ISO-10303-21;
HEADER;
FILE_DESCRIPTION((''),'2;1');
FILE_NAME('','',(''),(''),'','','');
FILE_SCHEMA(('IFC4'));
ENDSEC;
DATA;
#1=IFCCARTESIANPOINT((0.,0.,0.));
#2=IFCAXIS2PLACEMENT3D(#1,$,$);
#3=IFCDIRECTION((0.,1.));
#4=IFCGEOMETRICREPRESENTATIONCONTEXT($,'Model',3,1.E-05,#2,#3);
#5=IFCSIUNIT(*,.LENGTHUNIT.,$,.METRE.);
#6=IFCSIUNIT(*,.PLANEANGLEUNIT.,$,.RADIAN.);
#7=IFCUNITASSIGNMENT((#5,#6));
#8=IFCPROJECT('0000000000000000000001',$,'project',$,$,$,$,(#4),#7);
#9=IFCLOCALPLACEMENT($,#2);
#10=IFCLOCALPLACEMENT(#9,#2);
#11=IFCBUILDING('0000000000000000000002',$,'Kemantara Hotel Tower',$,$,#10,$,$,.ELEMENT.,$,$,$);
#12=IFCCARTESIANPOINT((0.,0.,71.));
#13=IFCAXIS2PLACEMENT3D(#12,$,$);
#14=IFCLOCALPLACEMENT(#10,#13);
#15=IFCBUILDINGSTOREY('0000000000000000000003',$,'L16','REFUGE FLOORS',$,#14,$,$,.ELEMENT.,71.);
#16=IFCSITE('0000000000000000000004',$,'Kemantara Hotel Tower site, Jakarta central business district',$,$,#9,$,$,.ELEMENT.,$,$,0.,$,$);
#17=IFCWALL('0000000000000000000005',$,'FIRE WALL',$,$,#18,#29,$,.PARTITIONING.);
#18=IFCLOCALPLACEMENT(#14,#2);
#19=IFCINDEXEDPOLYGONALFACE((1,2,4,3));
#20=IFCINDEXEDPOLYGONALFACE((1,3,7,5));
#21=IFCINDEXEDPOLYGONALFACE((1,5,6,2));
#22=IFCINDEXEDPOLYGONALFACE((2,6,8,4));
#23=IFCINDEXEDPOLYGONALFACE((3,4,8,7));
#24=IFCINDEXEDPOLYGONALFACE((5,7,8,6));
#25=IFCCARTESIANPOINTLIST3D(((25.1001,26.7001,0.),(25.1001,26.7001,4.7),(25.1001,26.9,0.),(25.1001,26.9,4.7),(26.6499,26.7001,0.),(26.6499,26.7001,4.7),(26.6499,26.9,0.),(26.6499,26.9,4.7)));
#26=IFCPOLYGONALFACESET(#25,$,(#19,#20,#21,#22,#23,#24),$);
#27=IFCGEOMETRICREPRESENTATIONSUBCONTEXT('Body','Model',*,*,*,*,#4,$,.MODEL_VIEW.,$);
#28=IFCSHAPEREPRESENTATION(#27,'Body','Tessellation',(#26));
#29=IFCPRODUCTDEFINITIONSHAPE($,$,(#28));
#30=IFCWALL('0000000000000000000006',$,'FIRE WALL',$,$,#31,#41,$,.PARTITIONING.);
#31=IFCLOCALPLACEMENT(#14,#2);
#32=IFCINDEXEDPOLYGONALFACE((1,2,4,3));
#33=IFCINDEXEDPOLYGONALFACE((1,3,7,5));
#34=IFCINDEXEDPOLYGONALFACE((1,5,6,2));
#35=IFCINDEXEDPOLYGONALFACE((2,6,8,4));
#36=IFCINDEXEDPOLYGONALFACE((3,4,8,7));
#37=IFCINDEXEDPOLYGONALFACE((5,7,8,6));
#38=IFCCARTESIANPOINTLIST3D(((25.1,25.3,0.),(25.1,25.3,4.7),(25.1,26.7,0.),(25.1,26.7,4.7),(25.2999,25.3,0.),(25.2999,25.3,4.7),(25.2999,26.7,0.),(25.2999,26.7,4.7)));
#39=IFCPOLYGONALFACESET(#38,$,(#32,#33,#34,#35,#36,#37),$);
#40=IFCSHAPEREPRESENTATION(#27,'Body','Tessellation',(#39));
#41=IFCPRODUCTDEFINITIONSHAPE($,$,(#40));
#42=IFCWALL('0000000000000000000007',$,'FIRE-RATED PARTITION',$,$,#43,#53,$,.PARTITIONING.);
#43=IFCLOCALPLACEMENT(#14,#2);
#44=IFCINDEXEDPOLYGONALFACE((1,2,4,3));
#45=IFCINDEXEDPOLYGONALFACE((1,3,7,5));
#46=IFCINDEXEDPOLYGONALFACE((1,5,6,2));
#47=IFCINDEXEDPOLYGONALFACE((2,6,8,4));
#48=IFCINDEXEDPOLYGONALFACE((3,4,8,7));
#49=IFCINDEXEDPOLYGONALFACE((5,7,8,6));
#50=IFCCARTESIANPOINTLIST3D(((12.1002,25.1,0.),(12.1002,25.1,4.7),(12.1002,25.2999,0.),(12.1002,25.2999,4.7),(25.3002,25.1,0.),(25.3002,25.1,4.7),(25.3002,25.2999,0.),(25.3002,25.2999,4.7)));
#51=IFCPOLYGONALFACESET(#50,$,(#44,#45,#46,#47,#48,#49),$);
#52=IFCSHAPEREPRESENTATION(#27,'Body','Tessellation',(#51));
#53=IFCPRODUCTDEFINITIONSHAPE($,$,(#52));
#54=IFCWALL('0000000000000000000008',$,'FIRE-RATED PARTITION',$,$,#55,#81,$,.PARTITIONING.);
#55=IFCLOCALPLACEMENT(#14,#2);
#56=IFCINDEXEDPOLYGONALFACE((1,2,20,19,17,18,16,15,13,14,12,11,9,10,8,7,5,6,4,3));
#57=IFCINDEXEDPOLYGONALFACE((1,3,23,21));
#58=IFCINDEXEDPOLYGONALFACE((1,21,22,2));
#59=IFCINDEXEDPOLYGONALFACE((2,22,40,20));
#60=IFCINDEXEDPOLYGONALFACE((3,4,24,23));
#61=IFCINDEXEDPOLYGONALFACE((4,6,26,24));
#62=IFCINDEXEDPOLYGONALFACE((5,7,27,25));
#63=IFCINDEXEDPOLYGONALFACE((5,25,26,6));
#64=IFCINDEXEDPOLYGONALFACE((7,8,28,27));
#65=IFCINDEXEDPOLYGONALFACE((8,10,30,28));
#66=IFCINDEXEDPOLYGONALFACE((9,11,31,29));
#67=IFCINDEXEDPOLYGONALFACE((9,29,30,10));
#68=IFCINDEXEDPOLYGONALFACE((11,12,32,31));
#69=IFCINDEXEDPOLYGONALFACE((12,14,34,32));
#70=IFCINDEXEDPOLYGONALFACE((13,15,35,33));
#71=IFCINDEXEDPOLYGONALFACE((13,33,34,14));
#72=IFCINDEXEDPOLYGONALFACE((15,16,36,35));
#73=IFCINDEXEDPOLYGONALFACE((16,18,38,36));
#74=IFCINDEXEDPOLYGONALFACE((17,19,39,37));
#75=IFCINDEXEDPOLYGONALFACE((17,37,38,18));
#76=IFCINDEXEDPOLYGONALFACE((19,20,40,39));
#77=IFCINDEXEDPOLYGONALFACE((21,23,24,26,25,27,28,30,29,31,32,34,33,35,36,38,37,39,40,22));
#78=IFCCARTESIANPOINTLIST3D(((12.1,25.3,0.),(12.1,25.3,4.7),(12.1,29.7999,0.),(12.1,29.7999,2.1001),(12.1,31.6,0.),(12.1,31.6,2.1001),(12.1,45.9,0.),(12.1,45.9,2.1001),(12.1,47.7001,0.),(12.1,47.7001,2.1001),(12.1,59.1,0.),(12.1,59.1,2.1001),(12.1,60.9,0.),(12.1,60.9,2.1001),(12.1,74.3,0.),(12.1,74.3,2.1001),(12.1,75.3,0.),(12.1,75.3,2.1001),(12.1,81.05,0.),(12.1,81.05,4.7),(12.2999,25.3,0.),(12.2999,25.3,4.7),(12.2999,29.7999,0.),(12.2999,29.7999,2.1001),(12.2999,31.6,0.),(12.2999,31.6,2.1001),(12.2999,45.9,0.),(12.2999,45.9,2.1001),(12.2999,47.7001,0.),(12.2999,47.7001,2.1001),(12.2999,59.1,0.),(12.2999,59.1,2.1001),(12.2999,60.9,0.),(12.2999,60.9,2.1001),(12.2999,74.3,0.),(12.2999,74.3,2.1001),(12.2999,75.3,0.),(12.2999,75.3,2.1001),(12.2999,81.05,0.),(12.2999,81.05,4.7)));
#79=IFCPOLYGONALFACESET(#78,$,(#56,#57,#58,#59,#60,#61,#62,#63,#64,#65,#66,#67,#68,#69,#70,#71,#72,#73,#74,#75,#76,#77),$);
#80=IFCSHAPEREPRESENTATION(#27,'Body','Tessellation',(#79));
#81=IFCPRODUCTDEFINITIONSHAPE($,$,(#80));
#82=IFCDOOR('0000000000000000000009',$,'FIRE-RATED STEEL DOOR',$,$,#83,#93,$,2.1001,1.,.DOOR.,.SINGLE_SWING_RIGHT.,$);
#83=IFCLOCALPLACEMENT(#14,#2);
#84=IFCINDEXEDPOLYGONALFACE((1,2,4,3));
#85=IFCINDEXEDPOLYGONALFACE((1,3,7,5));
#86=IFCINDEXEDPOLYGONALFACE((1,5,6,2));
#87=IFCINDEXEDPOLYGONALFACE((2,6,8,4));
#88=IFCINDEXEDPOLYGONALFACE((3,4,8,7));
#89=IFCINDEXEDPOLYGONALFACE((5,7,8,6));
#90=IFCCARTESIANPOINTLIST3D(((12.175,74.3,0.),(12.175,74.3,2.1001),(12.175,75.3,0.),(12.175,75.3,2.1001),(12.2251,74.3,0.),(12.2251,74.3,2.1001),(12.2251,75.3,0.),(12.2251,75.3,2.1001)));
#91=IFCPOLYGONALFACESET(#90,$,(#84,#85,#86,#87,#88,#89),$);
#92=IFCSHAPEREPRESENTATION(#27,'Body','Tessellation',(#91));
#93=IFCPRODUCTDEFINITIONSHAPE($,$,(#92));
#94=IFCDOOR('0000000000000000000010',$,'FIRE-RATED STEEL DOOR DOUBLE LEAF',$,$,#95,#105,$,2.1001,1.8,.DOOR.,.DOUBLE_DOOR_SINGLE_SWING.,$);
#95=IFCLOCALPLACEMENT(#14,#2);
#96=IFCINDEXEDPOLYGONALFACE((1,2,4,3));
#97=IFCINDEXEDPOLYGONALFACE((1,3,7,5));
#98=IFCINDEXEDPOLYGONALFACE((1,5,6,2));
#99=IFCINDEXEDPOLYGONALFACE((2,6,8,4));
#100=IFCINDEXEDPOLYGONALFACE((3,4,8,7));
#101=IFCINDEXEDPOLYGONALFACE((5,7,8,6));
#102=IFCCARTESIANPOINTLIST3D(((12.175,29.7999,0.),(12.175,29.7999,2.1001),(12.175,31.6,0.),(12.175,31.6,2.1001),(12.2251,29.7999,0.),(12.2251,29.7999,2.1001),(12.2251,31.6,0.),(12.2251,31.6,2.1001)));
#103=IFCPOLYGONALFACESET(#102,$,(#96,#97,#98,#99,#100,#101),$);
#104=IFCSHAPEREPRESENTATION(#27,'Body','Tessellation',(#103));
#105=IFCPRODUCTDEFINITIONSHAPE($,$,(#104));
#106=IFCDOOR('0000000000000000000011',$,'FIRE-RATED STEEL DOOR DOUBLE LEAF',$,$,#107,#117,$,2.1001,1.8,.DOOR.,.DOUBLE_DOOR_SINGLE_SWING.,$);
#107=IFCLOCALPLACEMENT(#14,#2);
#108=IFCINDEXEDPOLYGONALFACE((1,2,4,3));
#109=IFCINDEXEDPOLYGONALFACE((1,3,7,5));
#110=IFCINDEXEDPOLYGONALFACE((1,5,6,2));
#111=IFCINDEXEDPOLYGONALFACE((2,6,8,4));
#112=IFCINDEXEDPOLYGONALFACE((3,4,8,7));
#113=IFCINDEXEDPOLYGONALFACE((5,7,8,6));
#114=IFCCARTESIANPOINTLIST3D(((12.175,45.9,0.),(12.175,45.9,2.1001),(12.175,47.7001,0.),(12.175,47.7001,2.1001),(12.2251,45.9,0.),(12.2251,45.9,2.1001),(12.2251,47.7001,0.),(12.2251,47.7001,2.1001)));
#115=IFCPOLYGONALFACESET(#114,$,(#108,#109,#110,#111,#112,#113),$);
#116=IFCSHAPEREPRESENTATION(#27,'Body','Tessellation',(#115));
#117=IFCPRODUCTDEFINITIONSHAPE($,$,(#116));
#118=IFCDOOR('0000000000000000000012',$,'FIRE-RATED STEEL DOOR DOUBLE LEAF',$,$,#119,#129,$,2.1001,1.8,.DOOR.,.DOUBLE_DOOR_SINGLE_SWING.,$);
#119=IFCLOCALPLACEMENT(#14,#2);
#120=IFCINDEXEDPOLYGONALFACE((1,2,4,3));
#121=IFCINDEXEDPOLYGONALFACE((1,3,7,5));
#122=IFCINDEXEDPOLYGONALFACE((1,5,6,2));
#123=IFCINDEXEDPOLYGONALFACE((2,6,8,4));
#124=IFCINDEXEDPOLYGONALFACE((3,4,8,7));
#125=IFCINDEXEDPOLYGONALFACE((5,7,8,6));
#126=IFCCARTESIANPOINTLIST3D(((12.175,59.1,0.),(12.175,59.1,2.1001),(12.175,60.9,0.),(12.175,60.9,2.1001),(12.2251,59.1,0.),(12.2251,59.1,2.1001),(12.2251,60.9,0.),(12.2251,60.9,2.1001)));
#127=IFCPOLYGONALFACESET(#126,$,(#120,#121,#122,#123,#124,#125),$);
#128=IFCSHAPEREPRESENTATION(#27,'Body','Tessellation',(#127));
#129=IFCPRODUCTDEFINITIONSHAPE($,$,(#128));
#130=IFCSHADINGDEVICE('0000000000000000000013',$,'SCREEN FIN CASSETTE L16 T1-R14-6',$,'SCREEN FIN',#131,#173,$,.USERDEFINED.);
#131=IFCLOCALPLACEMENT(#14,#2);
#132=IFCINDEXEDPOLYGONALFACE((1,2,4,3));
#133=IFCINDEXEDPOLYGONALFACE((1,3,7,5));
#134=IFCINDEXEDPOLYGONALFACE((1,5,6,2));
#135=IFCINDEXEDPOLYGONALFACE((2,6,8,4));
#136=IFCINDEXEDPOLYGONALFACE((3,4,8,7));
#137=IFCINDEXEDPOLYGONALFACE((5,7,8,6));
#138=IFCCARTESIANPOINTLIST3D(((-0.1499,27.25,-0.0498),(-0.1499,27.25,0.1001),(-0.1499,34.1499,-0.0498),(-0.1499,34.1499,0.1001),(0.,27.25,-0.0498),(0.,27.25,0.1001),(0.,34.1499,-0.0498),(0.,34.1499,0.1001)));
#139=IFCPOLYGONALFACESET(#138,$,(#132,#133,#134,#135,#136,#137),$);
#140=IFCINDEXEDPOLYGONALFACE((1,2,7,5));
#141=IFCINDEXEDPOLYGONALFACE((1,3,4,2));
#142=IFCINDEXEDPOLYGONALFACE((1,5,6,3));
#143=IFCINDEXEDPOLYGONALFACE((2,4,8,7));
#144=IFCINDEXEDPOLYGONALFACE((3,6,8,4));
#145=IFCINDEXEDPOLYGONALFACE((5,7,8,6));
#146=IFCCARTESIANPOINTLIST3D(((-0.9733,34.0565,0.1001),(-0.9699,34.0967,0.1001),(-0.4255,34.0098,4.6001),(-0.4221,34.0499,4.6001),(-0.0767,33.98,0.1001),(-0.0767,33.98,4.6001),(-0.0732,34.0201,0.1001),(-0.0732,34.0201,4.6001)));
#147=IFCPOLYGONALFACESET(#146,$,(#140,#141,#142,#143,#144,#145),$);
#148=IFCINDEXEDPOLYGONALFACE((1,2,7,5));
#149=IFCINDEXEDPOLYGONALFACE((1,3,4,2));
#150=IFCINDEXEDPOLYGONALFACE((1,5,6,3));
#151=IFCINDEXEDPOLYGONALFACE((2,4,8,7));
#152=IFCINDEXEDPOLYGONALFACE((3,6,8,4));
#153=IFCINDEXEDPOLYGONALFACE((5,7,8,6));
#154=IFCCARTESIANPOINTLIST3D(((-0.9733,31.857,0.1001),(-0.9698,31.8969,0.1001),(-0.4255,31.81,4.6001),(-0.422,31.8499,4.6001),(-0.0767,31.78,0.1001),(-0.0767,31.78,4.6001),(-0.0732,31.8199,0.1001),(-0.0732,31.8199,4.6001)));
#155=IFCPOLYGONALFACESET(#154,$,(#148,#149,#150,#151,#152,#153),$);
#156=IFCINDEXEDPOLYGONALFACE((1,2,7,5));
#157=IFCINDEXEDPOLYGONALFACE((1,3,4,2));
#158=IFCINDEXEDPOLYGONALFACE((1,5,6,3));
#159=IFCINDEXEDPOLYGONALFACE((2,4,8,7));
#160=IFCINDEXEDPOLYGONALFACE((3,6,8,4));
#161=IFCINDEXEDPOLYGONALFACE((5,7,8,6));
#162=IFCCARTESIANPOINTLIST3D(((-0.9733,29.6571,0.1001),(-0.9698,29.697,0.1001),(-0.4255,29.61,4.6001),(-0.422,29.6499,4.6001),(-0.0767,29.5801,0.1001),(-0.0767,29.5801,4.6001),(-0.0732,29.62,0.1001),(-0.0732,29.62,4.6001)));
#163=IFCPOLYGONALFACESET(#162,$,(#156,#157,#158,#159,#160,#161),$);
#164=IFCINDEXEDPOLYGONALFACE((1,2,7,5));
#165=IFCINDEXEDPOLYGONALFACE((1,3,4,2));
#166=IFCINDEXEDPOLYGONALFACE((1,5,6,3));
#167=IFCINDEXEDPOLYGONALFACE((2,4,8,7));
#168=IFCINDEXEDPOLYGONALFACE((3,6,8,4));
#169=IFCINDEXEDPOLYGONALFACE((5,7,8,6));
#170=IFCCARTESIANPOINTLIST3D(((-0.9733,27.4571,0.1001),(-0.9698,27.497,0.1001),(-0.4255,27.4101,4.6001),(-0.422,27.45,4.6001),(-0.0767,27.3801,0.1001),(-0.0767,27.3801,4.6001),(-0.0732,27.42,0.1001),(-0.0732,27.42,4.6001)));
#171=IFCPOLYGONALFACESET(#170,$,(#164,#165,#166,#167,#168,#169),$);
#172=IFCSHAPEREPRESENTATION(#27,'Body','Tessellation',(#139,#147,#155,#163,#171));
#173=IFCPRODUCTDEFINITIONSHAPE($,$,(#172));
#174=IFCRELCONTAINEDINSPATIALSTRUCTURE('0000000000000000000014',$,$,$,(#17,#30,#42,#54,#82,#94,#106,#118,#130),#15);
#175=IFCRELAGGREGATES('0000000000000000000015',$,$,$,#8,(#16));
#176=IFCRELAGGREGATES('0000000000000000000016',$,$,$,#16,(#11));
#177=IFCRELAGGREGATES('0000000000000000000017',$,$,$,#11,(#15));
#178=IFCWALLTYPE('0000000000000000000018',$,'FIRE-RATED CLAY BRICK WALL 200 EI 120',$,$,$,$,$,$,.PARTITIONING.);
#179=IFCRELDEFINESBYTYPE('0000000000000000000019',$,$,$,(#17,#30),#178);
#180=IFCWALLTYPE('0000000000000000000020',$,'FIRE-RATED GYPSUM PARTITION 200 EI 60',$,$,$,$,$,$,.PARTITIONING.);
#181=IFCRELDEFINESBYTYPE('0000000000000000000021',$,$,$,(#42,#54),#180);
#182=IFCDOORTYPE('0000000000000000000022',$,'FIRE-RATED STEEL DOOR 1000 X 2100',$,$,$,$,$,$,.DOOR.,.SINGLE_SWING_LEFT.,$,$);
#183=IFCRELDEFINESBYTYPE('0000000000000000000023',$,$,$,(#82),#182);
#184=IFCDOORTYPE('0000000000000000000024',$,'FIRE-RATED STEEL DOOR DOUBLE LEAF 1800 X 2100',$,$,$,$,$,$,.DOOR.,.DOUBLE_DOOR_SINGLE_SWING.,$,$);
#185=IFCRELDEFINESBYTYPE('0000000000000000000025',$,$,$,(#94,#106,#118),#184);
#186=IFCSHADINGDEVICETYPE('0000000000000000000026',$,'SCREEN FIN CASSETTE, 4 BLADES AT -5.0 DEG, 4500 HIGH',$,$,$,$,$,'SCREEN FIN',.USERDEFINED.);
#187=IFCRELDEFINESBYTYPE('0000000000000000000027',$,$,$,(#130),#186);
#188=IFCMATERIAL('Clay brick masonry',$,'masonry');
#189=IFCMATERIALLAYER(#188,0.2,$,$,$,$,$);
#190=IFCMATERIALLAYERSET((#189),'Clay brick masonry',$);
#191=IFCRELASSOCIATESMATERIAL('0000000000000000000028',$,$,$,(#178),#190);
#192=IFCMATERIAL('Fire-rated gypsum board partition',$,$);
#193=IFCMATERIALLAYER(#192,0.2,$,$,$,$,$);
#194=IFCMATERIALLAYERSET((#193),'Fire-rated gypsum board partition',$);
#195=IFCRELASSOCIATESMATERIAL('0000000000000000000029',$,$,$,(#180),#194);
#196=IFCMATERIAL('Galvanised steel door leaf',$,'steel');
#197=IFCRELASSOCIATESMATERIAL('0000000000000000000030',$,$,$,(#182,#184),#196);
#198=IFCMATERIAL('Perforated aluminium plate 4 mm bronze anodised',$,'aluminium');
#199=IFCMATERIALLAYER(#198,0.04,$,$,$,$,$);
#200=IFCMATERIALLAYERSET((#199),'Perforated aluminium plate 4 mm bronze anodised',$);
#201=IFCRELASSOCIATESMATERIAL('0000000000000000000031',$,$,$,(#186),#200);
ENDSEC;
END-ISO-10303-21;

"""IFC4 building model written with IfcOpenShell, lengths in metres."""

from ifc_helpers import new_model, si_unit, direction, frame, frame_2d, origin, origin_2d, place, context, subcontext, project, spatial, polyline, rectangle, outline, extrude, source, transform, mapped, material, layer, layer_set, type_object, element, fill, save


model = new_model("IFC4")

# Units and contexts
model_context = context("Model", 3, precision=1e-05, world=origin(), true_north=direction((0.0, 1.0)))
body_context = subcontext(model_context, "Body", "Model", "MODEL_VIEW")
ifc_project = project(units=[si_unit("LENGTHUNIT", "METRE"), si_unit("PLANEANGLEUNIT", "RADIAN")], contexts=[model_context])

# Site, building, storey
site_placement = place(None, origin())
site = spatial("IfcSite", under=ifc_project, at=site_placement, Name="Kemantara Hotel Tower site, Jakarta central business district", CompositionType="ELEMENT", RefElevation=0.0)
building_placement = place(site_placement, origin())
building = spatial("IfcBuilding", under=site, at=building_placement, Name="Kemantara Hotel Tower", CompositionType="ELEMENT")
storey_placement = place(building_placement, frame((0.0, 0.0, 71.0)))
storey = spatial("IfcBuildingStorey", under=building, at=storey_placement, Name="L16", Description="REFUGE FLOORS", CompositionType="ELEMENT", Elevation=71.0)

# Walls
ifc_material_1 = material(Name="Clay brick masonry", Category="masonry")
ifc_layer_1 = layer(ifc_material_1, 0.2)
ifc_layer_set_1 = layer_set([ifc_layer_1], Name="Clay brick masonry")
wall_type_1 = type_object("IfcWallType", Name="FIRE-RATED CLAY BRICK WALL 200 EI 120", PredefinedType="PARTITIONING", material=ifc_layer_set_1)
wall_1_placement = place(storey_placement, frame((25.1001, 26.8, 0.0), z_axis=(0.0, 0.0, 1.0), x_axis=(1.0, 0.0, 0.0)))
element("IfcWall", 1, at=wall_1_placement, inside=storey, type_object=wall_type_1, Name="FIRE WALL", PredefinedType="PARTITIONING", context=body_context, shape_type="SweptSolid", body=[
    extrude(rectangle(XDim=1.5498, YDim=0.2, at=frame_2d((0.7749, 0.0))), origin(), (0.0, 0.0, 1.0), 4.7),
])
wall_2_placement = place(storey_placement, frame((25.2, 25.3, 0.0), z_axis=(0.0, 0.0, 1.0), x_axis=(0.0, 1.0, 0.0)))
element("IfcWall", 2, at=wall_2_placement, inside=storey, type_object=wall_type_1, Name="FIRE WALL", PredefinedType="PARTITIONING", context=body_context, shape_type="SweptSolid", body=[
    extrude(rectangle(XDim=1.3999, YDim=0.2, at=frame_2d((0.7, 0.0))), origin(), (0.0, 0.0, 1.0), 4.7),
])
ifc_material_2 = material(Name="Fire-rated gypsum board partition")
ifc_layer_2 = layer(ifc_material_2, 0.2)
ifc_layer_set_2 = layer_set([ifc_layer_2], Name="Fire-rated gypsum board partition")
wall_type_2 = type_object("IfcWallType", Name="FIRE-RATED GYPSUM PARTITION 200 EI 60", PredefinedType="PARTITIONING", material=ifc_layer_set_2)
wall_3_placement = place(storey_placement, frame((12.1001, 25.2, 0.0), z_axis=(0.0, 0.0, 1.0), x_axis=(1.0, 0.0, 0.0)))
element("IfcWall", 3, at=wall_3_placement, inside=storey, type_object=wall_type_2, Name="FIRE-RATED PARTITION", PredefinedType="PARTITIONING", context=body_context, shape_type="SweptSolid", body=[
    extrude(rectangle(XDim=13.2, YDim=0.2, at=frame_2d((6.6001, 0.0))), origin(), (0.0, 0.0, 1.0), 4.7),
])

# Wall, openings, doors
wall_4_placement = place(storey_placement, frame((12.2, 25.3, 0.0), z_axis=(0.0, 0.0, 1.0), x_axis=(0.0, 1.0, 0.0)))
wall_4 = element("IfcWall", 4, at=wall_4_placement, inside=storey, type_object=wall_type_2, Name="FIRE-RATED PARTITION", PredefinedType="PARTITIONING", context=body_context, shape_type="SweptSolid", body=[
    extrude(rectangle(XDim=55.75, YDim=0.2, at=frame_2d((27.875, 0.0))), origin(), (0.0, 0.0, 1.0), 4.7),
])
opening_1_placement = place(wall_4_placement, frame((4.5, 0.0, 0.0)))
opening_1 = element("IfcOpeningElement", 5, at=opening_1_placement, cuts=wall_4, PredefinedType="OPENING", context=body_context, shape_type="SweptSolid", body=[
    extrude(rectangle(XDim=1.8, YDim=2.1001, at=frame_2d((0.8999, 1.05))), frame((0.0, 0.1099, 0.0), z_axis=(0.0, -1.0, 0.0), x_axis=(1.0, 0.0, 0.0)), (0.0, 0.0, 1.0), 0.22),
])
opening_2_placement = place(wall_4_placement, frame((20.6001, 0.0, 0.0)))
opening_2 = element("IfcOpeningElement", 6, at=opening_2_placement, cuts=wall_4, PredefinedType="OPENING", context=body_context, shape_type="SweptSolid", body=[
    extrude(rectangle(XDim=1.8, YDim=2.1001, at=frame_2d((0.8999, 1.05))), frame((0.0, 0.1099, 0.0), z_axis=(0.0, -1.0, 0.0), x_axis=(1.0, 0.0, 0.0)), (0.0, 0.0, 1.0), 0.22),
])
opening_3_placement = place(wall_4_placement, frame((33.8, 0.0, 0.0)))
opening_3 = element("IfcOpeningElement", 7, at=opening_3_placement, cuts=wall_4, PredefinedType="OPENING", context=body_context, shape_type="SweptSolid", body=[
    extrude(rectangle(XDim=1.8, YDim=2.1001, at=frame_2d((0.8999, 1.05))), frame((0.0, 0.1099, 0.0), z_axis=(0.0, -1.0, 0.0), x_axis=(1.0, 0.0, 0.0)), (0.0, 0.0, 1.0), 0.22),
])
opening_4_placement = place(wall_4_placement, frame((49.0, 0.0, 0.0)))
opening_4 = element("IfcOpeningElement", 8, at=opening_4_placement, cuts=wall_4, PredefinedType="OPENING", context=body_context, shape_type="SweptSolid", body=[
    extrude(rectangle(XDim=1.0, YDim=2.1001, at=frame_2d((0.5, 1.05))), frame((0.0, 0.1099, 0.0), z_axis=(0.0, -1.0, 0.0), x_axis=(1.0, 0.0, 0.0)), (0.0, 0.0, 1.0), 0.22),
])
ifc_material_3 = material(Name="Galvanised steel door leaf", Category="steel")
door_type_1 = type_object("IfcDoorType", Name="FIRE-RATED STEEL DOOR 1000 X 2100", OperationType="SINGLE_SWING_LEFT", PredefinedType="DOOR", material=ifc_material_3)
door_1_placement = place(opening_4_placement, origin())
door_1 = element("IfcDoor", 9, at=door_1_placement, inside=storey, type_object=door_type_1, Name="FIRE-RATED STEEL DOOR", OperationType="SINGLE_SWING_RIGHT", OverallHeight=2.1001, OverallWidth=1.0, PredefinedType="DOOR", context=body_context, shape_type="SweptSolid", body=[
    extrude(rectangle(XDim=1.0, YDim=2.1001, at=frame_2d((0.5, 1.05))), frame((0.0, 0.0249, 0.0), z_axis=(0.0, -1.0, 0.0), x_axis=(1.0, 0.0, 0.0)), (0.0, 0.0, 1.0), 0.05),
])
fill(opening_4, door_1)
door_type_2 = type_object("IfcDoorType", Name="FIRE-RATED STEEL DOOR DOUBLE LEAF 1800 X 2100", OperationType="DOUBLE_DOOR_SINGLE_SWING", PredefinedType="DOOR", material=ifc_material_3)
door_2_placement = place(opening_1_placement, origin())
door_2 = element("IfcDoor", 10, at=door_2_placement, inside=storey, type_object=door_type_2, Name="FIRE-RATED STEEL DOOR DOUBLE LEAF", OperationType="DOUBLE_DOOR_SINGLE_SWING", OverallHeight=2.1001, OverallWidth=1.8, PredefinedType="DOOR", context=body_context, shape_type="SweptSolid", body=[
    extrude(rectangle(XDim=1.8, YDim=2.1001, at=frame_2d((0.8999, 1.05))), frame((0.0, 0.0249, 0.0), z_axis=(0.0, -1.0, 0.0), x_axis=(1.0, 0.0, 0.0)), (0.0, 0.0, 1.0), 0.05),
])
fill(opening_1, door_2)
door_3_placement = place(opening_2_placement, origin())
door_3 = element("IfcDoor", 11, at=door_3_placement, inside=storey, type_object=door_type_2, Name="FIRE-RATED STEEL DOOR DOUBLE LEAF", OperationType="DOUBLE_DOOR_SINGLE_SWING", OverallHeight=2.1001, OverallWidth=1.8, PredefinedType="DOOR", context=body_context, shape_type="SweptSolid", body=[
    extrude(rectangle(XDim=1.8, YDim=2.1001, at=frame_2d((0.8999, 1.05))), frame((0.0, 0.0249, 0.0), z_axis=(0.0, -1.0, 0.0), x_axis=(1.0, 0.0, 0.0)), (0.0, 0.0, 1.0), 0.05),
])
fill(opening_2, door_3)
door_4_placement = place(opening_3_placement, origin())
door_4 = element("IfcDoor", 12, at=door_4_placement, inside=storey, type_object=door_type_2, Name="FIRE-RATED STEEL DOOR DOUBLE LEAF", OperationType="DOUBLE_DOOR_SINGLE_SWING", OverallHeight=2.1001, OverallWidth=1.8, PredefinedType="DOOR", context=body_context, shape_type="SweptSolid", body=[
    extrude(rectangle(XDim=1.8, YDim=2.1001, at=frame_2d((0.8999, 1.05))), frame((0.0, 0.0249, 0.0), z_axis=(0.0, -1.0, 0.0), x_axis=(1.0, 0.0, 0.0)), (0.0, 0.0, 1.0), 0.05),
])
fill(opening_3, door_4)

# Shading device
ifc_material_4 = material(Name="Perforated aluminium plate 4 mm bronze anodised", Category="aluminium")
ifc_layer_3 = layer(ifc_material_4, 0.04)
ifc_layer_set_3 = layer_set([ifc_layer_3], Name="Perforated aluminium plate 4 mm bronze anodised")
shading_device_type = type_object("IfcShadingDeviceType", Name="SCREEN FIN CASSETTE, 4 BLADES AT -5.0 DEG, 4500 HIGH", ElementType="SCREEN FIN", PredefinedType="USERDEFINED", material=ifc_layer_set_3)
shared_shape_1 = source(origin(), body_context, "Body", "SweptSolid", [
    extrude(rectangle(XDim=6.8999, YDim=0.1499, at=origin_2d()), frame((3.3, -0.075, -0.1499), z_axis=(0.0, 0.0, 1.0), x_axis=(1.0, 0.0, 0.0)), (0.0, 0.0, 1.0), 0.1499),
    extrude(outline(polyline([(0.0, 0.0), (0.8999, 0.0), (0.3501, 4.5), (0.0, 4.5), (0.0, 0.0)])), frame((0.02, -0.0767, 0.0), z_axis=(-0.996376, 0.085056, 0.0), x_axis=(-0.085056, -0.996376, 0.0)), (0.0, 0.0, 1.0), 0.0403),
    extrude(outline(polyline([(0.0, 0.0), (0.8999, 0.0), (0.3501, 4.5), (0.0, 4.5), (0.0, 0.0)])), frame((2.22, -0.0767, 0.0), z_axis=(-0.996332, 0.085575, 0.0), x_axis=(-0.085575, -0.996332, 0.0)), (0.0, 0.0, 1.0), 0.04),
    extrude(outline(polyline([(0.0, 0.0), (0.8999, 0.0), (0.3501, 4.5), (0.0, 4.5), (0.0, 0.0)])), frame((4.4199, -0.0767, 0.0), z_axis=(-0.996332, 0.085575, 0.0), x_axis=(-0.085575, -0.996332, 0.0)), (0.0, 0.0, 1.0), 0.04),
    extrude(outline(polyline([(0.0, 0.0), (0.8999, 0.0), (0.3501, 4.5), (0.0, 4.5), (0.0, 0.0)])), frame((6.6199, -0.0767, 0.0), z_axis=(-0.996332, 0.085575, 0.0), x_axis=(-0.085575, -0.996332, 0.0)), (0.0, 0.0, 1.0), 0.04),
])
for number, where, z_axis, x_axis, name in (
    (13, (0.0, 34.0, 0.1001), (0.0, 0.0, 1.0), (0.0, -1.0, 0.0), "SCREEN FIN CASSETTE L16 T1-R14-6"),
):
    element("IfcShadingDevice", number, at=place(storey_placement, frame(where, z_axis=z_axis, x_axis=x_axis)), inside=storey, type_object=shading_device_type, Name=name, ObjectType="SCREEN FIN", PredefinedType="USERDEFINED", context=body_context, shape_type="MappedRepresentation", body=[
        mapped(shared_shape_1, transform((0.0, 0.0, 0.0))),
    ])

save(model, "model.ifc")
